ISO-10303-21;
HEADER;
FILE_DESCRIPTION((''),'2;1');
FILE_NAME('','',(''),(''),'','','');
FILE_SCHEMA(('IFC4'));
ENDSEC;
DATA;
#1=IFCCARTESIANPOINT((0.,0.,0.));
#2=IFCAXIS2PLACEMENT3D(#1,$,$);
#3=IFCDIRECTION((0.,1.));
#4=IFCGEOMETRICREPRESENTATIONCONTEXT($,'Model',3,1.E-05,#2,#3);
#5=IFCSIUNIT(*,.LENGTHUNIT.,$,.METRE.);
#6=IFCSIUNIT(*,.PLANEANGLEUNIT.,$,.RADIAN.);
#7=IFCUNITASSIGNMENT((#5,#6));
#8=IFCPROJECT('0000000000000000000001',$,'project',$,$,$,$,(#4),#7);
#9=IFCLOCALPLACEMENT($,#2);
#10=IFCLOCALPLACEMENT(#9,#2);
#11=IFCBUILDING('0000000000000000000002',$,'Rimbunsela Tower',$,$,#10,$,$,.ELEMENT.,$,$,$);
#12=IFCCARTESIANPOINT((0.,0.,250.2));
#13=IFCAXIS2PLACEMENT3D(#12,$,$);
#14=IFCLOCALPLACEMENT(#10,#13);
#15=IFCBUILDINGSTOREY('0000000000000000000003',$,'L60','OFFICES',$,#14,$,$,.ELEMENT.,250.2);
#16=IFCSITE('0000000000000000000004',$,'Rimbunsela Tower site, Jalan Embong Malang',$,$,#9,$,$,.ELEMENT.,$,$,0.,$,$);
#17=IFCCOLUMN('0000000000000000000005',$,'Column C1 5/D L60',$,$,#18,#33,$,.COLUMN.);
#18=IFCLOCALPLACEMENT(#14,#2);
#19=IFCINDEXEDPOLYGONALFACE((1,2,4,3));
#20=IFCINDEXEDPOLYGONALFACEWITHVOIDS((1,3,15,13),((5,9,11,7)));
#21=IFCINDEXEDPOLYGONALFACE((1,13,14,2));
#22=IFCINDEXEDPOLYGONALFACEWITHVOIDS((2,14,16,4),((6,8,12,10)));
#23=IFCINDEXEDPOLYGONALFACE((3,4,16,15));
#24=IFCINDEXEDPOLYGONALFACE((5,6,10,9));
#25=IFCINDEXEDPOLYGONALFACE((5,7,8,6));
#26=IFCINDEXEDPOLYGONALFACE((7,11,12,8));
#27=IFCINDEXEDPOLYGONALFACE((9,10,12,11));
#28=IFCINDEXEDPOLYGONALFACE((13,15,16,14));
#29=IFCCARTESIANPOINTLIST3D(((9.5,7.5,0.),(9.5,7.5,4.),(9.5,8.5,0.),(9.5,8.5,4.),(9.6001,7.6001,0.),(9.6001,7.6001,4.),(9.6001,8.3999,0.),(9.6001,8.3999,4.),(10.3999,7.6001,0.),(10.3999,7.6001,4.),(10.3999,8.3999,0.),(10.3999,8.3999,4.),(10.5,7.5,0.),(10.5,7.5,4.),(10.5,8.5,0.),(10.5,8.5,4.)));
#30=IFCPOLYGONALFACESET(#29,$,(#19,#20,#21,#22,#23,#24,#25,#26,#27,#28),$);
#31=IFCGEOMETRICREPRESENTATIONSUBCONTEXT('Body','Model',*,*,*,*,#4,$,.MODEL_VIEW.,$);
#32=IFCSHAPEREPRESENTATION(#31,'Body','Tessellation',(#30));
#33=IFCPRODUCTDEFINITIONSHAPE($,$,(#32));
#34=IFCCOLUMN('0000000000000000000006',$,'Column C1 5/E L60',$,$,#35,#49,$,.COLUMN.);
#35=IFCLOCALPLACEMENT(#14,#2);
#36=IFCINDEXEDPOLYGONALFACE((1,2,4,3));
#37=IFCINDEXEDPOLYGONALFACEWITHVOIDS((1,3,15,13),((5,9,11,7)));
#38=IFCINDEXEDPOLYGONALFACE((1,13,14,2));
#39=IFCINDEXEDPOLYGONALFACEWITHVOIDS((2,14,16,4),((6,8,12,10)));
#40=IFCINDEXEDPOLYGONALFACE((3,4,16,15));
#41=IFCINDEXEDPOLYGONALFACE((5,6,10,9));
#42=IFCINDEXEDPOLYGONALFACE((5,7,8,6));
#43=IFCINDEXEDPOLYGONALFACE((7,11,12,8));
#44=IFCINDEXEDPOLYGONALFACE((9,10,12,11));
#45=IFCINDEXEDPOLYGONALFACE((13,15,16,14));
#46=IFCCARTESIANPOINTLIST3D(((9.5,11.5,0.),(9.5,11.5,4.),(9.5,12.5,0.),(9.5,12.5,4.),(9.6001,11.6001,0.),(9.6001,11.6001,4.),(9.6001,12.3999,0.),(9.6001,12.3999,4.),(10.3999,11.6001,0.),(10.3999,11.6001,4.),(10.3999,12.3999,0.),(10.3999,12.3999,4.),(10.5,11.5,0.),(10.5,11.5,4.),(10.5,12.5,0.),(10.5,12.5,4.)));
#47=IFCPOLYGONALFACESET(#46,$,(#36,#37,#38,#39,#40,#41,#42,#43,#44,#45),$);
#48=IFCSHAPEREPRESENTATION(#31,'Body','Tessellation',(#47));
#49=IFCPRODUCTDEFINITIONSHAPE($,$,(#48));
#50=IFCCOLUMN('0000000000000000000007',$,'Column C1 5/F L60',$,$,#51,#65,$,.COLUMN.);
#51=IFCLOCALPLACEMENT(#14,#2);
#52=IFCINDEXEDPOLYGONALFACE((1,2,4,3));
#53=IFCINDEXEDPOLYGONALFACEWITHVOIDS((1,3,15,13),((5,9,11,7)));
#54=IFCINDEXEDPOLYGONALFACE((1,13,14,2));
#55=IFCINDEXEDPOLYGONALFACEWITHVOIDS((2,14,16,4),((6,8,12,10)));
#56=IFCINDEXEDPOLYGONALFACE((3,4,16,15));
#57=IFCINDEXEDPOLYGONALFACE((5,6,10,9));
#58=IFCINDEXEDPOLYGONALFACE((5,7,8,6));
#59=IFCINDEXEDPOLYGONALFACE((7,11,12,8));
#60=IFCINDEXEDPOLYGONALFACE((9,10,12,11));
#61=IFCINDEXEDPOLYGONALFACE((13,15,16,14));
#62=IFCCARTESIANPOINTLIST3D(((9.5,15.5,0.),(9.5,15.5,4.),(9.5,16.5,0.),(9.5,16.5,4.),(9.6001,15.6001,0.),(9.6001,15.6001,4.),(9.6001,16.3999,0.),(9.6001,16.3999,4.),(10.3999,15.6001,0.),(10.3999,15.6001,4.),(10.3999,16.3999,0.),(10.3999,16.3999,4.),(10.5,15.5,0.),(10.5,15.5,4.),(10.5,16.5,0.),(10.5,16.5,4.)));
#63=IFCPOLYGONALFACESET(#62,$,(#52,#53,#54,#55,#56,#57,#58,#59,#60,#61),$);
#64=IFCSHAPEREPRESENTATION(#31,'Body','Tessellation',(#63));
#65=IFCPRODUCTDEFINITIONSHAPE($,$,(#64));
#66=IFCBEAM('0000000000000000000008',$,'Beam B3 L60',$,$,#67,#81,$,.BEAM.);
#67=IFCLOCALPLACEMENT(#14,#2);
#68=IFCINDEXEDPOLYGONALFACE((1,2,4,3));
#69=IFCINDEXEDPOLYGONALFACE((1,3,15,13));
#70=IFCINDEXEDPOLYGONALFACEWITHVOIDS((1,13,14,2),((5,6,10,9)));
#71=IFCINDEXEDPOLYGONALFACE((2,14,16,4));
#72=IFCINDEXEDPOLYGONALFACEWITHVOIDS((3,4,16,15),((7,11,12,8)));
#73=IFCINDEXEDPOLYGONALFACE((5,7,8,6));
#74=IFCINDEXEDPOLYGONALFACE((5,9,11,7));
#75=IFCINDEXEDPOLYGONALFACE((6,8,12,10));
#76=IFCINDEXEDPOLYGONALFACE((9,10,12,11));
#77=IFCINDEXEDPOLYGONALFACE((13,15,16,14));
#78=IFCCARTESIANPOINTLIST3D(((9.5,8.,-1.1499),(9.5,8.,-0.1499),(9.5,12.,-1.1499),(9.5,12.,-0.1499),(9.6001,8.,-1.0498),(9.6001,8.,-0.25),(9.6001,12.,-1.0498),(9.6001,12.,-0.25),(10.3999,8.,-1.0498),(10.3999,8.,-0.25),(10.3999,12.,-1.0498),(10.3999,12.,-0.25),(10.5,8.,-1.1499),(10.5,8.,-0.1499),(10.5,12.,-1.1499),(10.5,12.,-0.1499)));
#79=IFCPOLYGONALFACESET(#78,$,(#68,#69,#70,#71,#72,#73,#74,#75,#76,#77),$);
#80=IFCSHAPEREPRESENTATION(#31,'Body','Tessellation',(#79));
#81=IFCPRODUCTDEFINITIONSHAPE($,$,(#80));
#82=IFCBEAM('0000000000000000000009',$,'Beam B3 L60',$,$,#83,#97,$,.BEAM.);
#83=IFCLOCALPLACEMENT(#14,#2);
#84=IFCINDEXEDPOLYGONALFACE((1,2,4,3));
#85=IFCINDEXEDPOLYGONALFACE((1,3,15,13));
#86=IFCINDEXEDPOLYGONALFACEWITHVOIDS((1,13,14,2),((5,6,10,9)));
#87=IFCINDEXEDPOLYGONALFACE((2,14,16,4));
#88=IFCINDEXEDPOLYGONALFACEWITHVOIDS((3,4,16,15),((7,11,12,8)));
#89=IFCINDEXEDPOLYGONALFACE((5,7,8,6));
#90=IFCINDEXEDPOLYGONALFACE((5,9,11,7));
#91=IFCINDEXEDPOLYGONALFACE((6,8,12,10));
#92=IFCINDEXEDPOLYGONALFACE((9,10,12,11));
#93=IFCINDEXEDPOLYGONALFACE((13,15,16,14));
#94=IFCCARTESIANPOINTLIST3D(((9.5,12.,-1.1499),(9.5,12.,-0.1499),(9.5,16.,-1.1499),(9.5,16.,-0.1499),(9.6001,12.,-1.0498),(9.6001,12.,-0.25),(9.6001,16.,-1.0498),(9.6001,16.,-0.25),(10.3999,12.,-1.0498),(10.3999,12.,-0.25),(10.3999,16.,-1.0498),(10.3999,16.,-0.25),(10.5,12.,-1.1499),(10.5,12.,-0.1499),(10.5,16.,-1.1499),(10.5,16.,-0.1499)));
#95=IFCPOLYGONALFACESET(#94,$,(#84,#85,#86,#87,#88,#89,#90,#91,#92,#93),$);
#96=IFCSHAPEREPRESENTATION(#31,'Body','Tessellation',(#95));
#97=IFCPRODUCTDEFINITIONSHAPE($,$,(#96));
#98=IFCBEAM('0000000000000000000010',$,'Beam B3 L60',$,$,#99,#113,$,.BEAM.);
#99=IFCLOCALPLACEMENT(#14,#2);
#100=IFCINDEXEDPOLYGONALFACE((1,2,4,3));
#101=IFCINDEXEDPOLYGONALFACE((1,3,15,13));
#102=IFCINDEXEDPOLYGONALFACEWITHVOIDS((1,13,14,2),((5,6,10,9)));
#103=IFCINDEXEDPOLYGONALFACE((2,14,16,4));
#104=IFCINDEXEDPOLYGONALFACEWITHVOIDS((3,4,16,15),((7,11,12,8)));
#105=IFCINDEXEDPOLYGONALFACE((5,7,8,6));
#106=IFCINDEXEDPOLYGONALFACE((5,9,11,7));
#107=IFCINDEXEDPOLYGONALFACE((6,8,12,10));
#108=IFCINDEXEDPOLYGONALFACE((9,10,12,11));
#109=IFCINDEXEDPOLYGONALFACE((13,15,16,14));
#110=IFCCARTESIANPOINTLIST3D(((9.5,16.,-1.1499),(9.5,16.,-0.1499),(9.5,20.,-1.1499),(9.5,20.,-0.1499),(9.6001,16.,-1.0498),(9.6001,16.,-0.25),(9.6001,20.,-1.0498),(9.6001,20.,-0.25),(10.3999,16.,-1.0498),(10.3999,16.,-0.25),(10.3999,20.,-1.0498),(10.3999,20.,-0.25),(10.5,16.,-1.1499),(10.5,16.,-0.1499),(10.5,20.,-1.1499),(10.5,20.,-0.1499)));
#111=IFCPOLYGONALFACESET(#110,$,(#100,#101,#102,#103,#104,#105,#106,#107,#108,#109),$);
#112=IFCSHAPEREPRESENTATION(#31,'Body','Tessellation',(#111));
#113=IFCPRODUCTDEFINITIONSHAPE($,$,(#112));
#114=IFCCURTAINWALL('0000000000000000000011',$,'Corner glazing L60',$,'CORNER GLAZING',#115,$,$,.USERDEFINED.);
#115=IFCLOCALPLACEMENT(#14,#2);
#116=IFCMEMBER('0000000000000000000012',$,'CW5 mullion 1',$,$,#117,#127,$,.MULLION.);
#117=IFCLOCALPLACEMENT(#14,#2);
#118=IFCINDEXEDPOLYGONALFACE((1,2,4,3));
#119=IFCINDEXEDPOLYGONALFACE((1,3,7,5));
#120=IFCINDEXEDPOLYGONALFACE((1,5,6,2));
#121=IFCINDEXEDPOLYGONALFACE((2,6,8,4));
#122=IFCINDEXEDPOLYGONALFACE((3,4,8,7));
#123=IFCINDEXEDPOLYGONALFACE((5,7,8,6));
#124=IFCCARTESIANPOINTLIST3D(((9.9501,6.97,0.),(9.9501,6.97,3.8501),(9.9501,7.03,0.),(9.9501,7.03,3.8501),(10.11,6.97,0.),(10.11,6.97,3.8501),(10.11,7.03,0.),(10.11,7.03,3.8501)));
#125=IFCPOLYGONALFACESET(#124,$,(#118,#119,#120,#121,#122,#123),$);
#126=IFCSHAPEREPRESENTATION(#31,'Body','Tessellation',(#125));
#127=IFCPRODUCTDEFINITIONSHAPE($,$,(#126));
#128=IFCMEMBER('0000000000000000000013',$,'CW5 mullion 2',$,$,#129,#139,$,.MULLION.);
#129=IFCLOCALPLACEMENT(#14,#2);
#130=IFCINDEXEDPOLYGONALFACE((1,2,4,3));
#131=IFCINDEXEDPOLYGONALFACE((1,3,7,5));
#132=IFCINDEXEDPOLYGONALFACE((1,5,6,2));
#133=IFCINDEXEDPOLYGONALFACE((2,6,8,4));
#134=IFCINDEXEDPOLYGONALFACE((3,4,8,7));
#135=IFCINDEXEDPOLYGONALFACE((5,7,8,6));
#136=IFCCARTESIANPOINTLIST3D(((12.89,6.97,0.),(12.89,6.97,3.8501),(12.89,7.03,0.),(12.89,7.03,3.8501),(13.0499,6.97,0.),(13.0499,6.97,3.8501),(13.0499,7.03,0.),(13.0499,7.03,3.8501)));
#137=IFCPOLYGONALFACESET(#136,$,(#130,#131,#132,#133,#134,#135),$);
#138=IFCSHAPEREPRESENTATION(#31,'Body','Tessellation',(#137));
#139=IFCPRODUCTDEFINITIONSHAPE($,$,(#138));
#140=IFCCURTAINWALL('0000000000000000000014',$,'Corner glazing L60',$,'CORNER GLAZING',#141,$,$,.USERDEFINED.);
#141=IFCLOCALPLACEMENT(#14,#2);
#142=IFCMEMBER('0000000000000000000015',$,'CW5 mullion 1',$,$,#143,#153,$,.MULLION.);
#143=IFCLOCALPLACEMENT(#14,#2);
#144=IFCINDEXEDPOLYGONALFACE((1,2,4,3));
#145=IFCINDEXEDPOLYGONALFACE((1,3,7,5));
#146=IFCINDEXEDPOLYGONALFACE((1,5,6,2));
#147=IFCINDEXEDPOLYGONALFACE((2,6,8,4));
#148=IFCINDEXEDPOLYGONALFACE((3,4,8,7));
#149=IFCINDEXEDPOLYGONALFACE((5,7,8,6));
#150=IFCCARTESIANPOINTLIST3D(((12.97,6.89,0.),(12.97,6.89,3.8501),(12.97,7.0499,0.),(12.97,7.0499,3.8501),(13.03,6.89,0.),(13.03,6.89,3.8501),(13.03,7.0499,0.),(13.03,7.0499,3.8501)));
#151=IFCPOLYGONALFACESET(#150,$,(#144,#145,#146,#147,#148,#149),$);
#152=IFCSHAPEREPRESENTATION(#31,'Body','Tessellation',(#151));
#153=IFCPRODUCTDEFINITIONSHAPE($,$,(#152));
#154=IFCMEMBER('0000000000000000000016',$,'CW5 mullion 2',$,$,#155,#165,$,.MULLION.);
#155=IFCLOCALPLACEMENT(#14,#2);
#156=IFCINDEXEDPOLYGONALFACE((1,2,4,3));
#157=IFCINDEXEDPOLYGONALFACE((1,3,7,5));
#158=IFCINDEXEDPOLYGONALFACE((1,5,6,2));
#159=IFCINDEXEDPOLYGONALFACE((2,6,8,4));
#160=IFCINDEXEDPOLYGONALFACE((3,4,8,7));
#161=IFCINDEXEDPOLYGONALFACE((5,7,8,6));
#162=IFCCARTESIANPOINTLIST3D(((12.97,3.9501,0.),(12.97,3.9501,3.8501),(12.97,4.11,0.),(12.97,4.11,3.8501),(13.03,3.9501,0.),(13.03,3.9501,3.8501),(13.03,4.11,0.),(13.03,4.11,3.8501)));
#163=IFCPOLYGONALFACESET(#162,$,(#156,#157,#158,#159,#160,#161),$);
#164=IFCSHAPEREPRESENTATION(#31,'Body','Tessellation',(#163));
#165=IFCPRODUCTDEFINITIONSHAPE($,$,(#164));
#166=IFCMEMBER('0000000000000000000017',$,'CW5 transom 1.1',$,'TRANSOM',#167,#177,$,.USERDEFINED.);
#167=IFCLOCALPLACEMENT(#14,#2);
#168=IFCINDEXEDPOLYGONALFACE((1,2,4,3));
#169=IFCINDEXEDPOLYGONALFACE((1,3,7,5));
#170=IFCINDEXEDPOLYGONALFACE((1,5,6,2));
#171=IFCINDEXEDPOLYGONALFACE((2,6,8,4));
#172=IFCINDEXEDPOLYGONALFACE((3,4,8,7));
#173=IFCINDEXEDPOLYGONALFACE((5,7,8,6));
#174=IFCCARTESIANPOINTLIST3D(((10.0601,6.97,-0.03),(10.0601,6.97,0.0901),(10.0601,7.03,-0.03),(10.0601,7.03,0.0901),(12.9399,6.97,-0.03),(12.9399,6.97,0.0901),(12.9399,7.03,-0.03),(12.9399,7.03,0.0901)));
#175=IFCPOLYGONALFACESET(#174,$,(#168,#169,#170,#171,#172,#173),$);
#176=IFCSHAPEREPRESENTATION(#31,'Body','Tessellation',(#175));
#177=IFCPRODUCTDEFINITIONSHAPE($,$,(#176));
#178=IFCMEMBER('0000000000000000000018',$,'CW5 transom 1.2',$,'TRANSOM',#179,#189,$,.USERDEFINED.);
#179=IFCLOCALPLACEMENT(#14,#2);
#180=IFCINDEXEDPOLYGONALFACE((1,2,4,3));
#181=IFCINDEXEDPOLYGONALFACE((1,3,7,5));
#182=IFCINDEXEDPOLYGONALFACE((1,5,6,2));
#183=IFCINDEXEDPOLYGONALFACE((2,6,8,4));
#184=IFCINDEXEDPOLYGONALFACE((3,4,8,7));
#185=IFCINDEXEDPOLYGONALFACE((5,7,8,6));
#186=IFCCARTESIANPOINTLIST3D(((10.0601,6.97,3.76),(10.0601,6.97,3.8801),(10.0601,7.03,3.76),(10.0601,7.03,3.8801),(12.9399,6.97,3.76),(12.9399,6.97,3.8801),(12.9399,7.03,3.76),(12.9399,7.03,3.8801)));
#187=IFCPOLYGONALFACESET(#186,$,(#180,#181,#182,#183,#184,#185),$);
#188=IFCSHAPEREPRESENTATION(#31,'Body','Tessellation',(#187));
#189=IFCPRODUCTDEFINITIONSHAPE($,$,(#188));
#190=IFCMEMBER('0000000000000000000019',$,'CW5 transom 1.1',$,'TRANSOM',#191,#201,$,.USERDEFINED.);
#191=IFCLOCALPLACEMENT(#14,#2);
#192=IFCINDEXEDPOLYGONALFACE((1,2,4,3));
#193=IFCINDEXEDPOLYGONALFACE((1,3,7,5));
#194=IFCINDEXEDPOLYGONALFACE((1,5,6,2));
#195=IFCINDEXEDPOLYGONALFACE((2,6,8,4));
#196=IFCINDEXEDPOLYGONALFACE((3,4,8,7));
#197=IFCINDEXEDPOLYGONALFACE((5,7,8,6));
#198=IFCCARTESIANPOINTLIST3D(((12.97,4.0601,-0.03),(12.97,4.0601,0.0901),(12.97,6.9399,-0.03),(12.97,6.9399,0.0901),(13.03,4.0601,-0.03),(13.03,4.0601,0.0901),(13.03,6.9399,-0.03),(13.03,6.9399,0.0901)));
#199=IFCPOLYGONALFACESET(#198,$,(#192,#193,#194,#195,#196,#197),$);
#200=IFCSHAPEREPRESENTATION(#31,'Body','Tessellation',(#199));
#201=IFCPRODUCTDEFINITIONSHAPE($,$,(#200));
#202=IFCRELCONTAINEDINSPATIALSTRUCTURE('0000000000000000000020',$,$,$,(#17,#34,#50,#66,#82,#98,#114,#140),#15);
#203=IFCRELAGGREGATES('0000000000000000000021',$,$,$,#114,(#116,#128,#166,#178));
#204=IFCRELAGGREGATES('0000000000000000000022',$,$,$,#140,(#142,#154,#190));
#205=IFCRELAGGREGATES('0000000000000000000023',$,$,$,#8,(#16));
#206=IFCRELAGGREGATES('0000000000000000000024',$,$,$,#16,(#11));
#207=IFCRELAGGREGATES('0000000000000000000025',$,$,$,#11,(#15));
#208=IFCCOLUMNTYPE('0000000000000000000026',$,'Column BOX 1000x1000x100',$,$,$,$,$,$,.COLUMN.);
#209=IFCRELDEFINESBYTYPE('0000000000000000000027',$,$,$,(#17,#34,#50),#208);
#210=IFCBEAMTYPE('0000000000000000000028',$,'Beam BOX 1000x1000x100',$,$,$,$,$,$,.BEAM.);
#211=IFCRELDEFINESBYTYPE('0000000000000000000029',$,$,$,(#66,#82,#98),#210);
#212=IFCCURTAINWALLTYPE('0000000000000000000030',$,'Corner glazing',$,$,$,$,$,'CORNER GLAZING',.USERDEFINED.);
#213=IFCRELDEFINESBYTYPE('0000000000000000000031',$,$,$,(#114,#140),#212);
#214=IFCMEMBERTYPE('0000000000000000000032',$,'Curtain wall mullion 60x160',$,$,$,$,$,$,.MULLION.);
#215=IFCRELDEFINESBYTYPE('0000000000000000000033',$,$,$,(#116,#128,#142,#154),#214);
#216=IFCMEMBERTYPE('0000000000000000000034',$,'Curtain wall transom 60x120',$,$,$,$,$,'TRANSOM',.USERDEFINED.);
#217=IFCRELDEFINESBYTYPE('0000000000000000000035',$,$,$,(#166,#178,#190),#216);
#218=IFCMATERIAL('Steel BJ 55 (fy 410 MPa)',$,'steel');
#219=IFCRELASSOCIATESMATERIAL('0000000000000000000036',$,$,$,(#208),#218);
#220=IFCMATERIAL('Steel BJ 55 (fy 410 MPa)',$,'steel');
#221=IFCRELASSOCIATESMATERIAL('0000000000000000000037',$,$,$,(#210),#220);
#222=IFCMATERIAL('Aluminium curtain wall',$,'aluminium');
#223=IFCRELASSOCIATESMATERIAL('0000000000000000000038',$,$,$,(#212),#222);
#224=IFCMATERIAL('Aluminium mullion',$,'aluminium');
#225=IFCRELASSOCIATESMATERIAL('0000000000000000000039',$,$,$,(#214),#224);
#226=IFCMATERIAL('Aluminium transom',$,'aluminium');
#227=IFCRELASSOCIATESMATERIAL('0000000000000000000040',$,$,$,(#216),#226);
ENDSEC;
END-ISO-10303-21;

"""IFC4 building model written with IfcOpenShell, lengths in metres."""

from ifc_helpers import new_model, si_unit, direction, frame, origin, origin_2d, place, context, subcontext, project, spatial, rectangle, hollow_rectangle, extrude, material, material_profile, profile_set, type_object, element, aggregate, save


model = new_model("IFC4")

# Units and contexts
model_context = context("Model", 3, precision=1e-05, world=origin(), true_north=direction((0.0, 1.0)))
body_context = subcontext(model_context, "Body", "Model", "MODEL_VIEW")
ifc_project = project(units=[si_unit("LENGTHUNIT", "METRE"), si_unit("PLANEANGLEUNIT", "RADIAN")], contexts=[model_context])

# Site, building, storey
site_placement = place(None, origin())
site = spatial("IfcSite", under=ifc_project, at=site_placement, Name="Rimbunsela Tower site, Jalan Embong Malang", CompositionType="ELEMENT", RefElevation=0.0)
building_placement = place(site_placement, origin())
building = spatial("IfcBuilding", under=site, at=building_placement, Name="Rimbunsela Tower", CompositionType="ELEMENT")
storey_placement = place(building_placement, frame((0.0, 0.0, 250.2)))
storey = spatial("IfcBuildingStorey", under=building, at=storey_placement, Name="L60", Description="OFFICES", CompositionType="ELEMENT", Elevation=250.2)

# Columns
ifc_material_1 = material(Name="Steel BJ 55 (fy 410 MPa)", Category="steel")
ifc_material_profile_1 = material_profile(ifc_material_1, hollow_rectangle(XDim=1.0, YDim=1.0, WallThickness=0.1001, at=origin_2d()), Name="BOX 1000x1000x100")
ifc_profile_set_1 = profile_set([ifc_material_profile_1], Name="Steel BJ 55 (fy 410 MPa)")
column_type = type_object("IfcColumnType", Name="Column BOX 1000x1000x100", PredefinedType="COLUMN", material=ifc_profile_set_1)
for number, where, z_axis, x_axis, name in (
    (1, (10.0, 8.0, 0.0), (0.0, 0.0, 1.0), (1.0, 0.0, 0.0), "Column C1 5/D L60"),
    (2, (10.0, 12.0, 0.0), (0.0, 0.0, 1.0), (1.0, 0.0, 0.0), "Column C1 5/E L60"),
    (3, (10.0, 16.0, 0.0), (0.0, 0.0, 1.0), (1.0, 0.0, 0.0), "Column C1 5/F L60"),
):
    element("IfcColumn", number, at=place(storey_placement, frame(where, z_axis=z_axis, x_axis=x_axis)), inside=storey, type_object=column_type, Name=name, PredefinedType="COLUMN", context=body_context, shape_type="SweptSolid", body=[
        extrude(hollow_rectangle(XDim=1.0, YDim=1.0, WallThickness=0.1001, at=origin_2d()), origin(), (0.0, 0.0, 1.0), 4.0),
    ])

# Beams
ifc_material_2 = material(Name="Steel BJ 55 (fy 410 MPa)", Category="steel")
ifc_material_profile_2 = material_profile(ifc_material_2, hollow_rectangle(XDim=1.0, YDim=1.0, WallThickness=0.1001, at=origin_2d()), Name="BOX 1000x1000x100")
ifc_profile_set_2 = profile_set([ifc_material_profile_2], Name="Steel BJ 55 (fy 410 MPa)")
beam_type = type_object("IfcBeamType", Name="Beam BOX 1000x1000x100", PredefinedType="BEAM", material=ifc_profile_set_2)
for number, where, z_axis, x_axis, name in (
    (4, (10.0, 8.0, -0.6499), (0.0, 1.0, 0.0), (-1.0, 0.0, 0.0), "Beam B3 L60"),
    (5, (10.0, 12.0, -0.6499), (0.0, 1.0, 0.0), (-1.0, 0.0, 0.0), "Beam B3 L60"),
    (6, (10.0, 16.0, -0.6499), (0.0, 1.0, 0.0), (-1.0, 0.0, 0.0), "Beam B3 L60"),
):
    element("IfcBeam", number, at=place(storey_placement, frame(where, z_axis=z_axis, x_axis=x_axis)), inside=storey, type_object=beam_type, Name=name, PredefinedType="BEAM", context=body_context, shape_type="SweptSolid", body=[
        extrude(hollow_rectangle(XDim=1.0, YDim=1.0, WallThickness=0.1001, at=origin_2d()), origin(), (0.0, 0.0, 1.0), 4.0),
    ])

# Curtain walls, members
ifc_material_3 = material(Name="Aluminium curtain wall", Category="aluminium")
curtain_wall_type = type_object("IfcCurtainWallType", Name="Corner glazing", ElementType="CORNER GLAZING", PredefinedType="USERDEFINED", material=ifc_material_3)
curtain_wall_1_placement = place(storey_placement, origin())
curtain_wall_1 = element("IfcCurtainWall", 7, at=curtain_wall_1_placement, inside=storey, type_object=curtain_wall_type, Name="Corner glazing L60", ObjectType="CORNER GLAZING", PredefinedType="USERDEFINED")
ifc_material_4 = material(Name="Aluminium mullion", Category="aluminium")
ifc_material_profile_3 = material_profile(ifc_material_4, rectangle(XDim=0.0601, YDim=0.1599, at=origin_2d()), Name="Mullion 60x160")
ifc_profile_set_3 = profile_set([ifc_material_profile_3], Name="Aluminium mullion")
member_type_1 = type_object("IfcMemberType", Name="Curtain wall mullion 60x160", PredefinedType="MULLION", material=ifc_profile_set_3)
member_1_placement = place(storey_placement, frame((10.03, 7.0, 0.0), z_axis=(0.0, 0.0, 1.0), x_axis=(0.0, 1.0, 0.0)))
member_1 = element("IfcMember", 8, at=member_1_placement, type_object=member_type_1, Name="CW5 mullion 1", PredefinedType="MULLION", context=body_context, shape_type="SweptSolid", body=[
    extrude(rectangle(XDim=0.0601, YDim=0.1599, at=origin_2d()), origin(), (0.0, 0.0, 1.0), 3.8501),
])
member_2_placement = place(storey_placement, frame((12.97, 7.0, 0.0), z_axis=(0.0, 0.0, 1.0), x_axis=(0.0, 1.0, 0.0)))
member_2 = element("IfcMember", 9, at=member_2_placement, type_object=member_type_1, Name="CW5 mullion 2", PredefinedType="MULLION", context=body_context, shape_type="SweptSolid", body=[
    extrude(rectangle(XDim=0.0601, YDim=0.1599, at=origin_2d()), origin(), (0.0, 0.0, 1.0), 3.8501),
])
curtain_wall_2_placement = place(storey_placement, origin())
curtain_wall_2 = element("IfcCurtainWall", 10, at=curtain_wall_2_placement, inside=storey, type_object=curtain_wall_type, Name="Corner glazing L60", ObjectType="CORNER GLAZING", PredefinedType="USERDEFINED")
member_3_placement = place(storey_placement, frame((13.0, 6.97, 0.0), z_axis=(0.0, 0.0, 1.0), x_axis=(1.0, 0.0, 0.0)))
member_3 = element("IfcMember", 11, at=member_3_placement, type_object=member_type_1, Name="CW5 mullion 1", PredefinedType="MULLION", context=body_context, shape_type="SweptSolid", body=[
    extrude(rectangle(XDim=0.0601, YDim=0.1599, at=origin_2d()), origin(), (0.0, 0.0, 1.0), 3.8501),
])
member_4_placement = place(storey_placement, frame((13.0, 4.03, 0.0), z_axis=(0.0, 0.0, 1.0), x_axis=(1.0, 0.0, 0.0)))
member_4 = element("IfcMember", 12, at=member_4_placement, type_object=member_type_1, Name="CW5 mullion 2", PredefinedType="MULLION", context=body_context, shape_type="SweptSolid", body=[
    extrude(rectangle(XDim=0.0601, YDim=0.1599, at=origin_2d()), origin(), (0.0, 0.0, 1.0), 3.8501),
])

# Members
ifc_material_5 = material(Name="Aluminium transom", Category="aluminium")
ifc_material_profile_4 = material_profile(ifc_material_5, rectangle(XDim=0.0601, YDim=0.1201, at=origin_2d()), Name="Transom 60x120")
ifc_profile_set_4 = profile_set([ifc_material_profile_4], Name="Aluminium transom")
member_type_2 = type_object("IfcMemberType", Name="Curtain wall transom 60x120", ElementType="TRANSOM", PredefinedType="USERDEFINED", material=ifc_profile_set_4)
member_5_placement = place(storey_placement, frame((10.0601, 7.0, 0.03), z_axis=(1.0, 0.0, 0.0), x_axis=(0.0, 1.0, 0.0)))
member_5 = element("IfcMember", 13, at=member_5_placement, type_object=member_type_2, Name="CW5 transom 1.1", ObjectType="TRANSOM", PredefinedType="USERDEFINED", context=body_context, shape_type="SweptSolid", body=[
    extrude(rectangle(XDim=0.0601, YDim=0.1201, at=origin_2d()), origin(), (0.0, 0.0, 1.0), 2.8799),
])
member_6_placement = place(storey_placement, frame((10.0601, 7.0, 3.8201), z_axis=(1.0, 0.0, 0.0), x_axis=(0.0, 1.0, 0.0)))
member_6 = element("IfcMember", 14, at=member_6_placement, type_object=member_type_2, Name="CW5 transom 1.2", ObjectType="TRANSOM", PredefinedType="USERDEFINED", context=body_context, shape_type="SweptSolid", body=[
    extrude(rectangle(XDim=0.0601, YDim=0.1201, at=origin_2d()), origin(), (0.0, 0.0, 1.0), 2.8799),
])
member_7_placement = place(storey_placement, frame((13.0, 6.9399, 0.03), z_axis=(0.0, -1.0, 0.0), x_axis=(1.0, 0.0, 0.0)))
member_7 = element("IfcMember", 15, at=member_7_placement, type_object=member_type_2, Name="CW5 transom 1.1", ObjectType="TRANSOM", PredefinedType="USERDEFINED", context=body_context, shape_type="SweptSolid", body=[
    extrude(rectangle(XDim=0.0601, YDim=0.1201, at=origin_2d()), origin(), (0.0, 0.0, 1.0), 2.8799),
])

aggregate(curtain_wall_1, [member_1, member_2, member_5, member_6])
aggregate(curtain_wall_2, [member_3, member_4, member_7])

save(model, "model.ifc")
